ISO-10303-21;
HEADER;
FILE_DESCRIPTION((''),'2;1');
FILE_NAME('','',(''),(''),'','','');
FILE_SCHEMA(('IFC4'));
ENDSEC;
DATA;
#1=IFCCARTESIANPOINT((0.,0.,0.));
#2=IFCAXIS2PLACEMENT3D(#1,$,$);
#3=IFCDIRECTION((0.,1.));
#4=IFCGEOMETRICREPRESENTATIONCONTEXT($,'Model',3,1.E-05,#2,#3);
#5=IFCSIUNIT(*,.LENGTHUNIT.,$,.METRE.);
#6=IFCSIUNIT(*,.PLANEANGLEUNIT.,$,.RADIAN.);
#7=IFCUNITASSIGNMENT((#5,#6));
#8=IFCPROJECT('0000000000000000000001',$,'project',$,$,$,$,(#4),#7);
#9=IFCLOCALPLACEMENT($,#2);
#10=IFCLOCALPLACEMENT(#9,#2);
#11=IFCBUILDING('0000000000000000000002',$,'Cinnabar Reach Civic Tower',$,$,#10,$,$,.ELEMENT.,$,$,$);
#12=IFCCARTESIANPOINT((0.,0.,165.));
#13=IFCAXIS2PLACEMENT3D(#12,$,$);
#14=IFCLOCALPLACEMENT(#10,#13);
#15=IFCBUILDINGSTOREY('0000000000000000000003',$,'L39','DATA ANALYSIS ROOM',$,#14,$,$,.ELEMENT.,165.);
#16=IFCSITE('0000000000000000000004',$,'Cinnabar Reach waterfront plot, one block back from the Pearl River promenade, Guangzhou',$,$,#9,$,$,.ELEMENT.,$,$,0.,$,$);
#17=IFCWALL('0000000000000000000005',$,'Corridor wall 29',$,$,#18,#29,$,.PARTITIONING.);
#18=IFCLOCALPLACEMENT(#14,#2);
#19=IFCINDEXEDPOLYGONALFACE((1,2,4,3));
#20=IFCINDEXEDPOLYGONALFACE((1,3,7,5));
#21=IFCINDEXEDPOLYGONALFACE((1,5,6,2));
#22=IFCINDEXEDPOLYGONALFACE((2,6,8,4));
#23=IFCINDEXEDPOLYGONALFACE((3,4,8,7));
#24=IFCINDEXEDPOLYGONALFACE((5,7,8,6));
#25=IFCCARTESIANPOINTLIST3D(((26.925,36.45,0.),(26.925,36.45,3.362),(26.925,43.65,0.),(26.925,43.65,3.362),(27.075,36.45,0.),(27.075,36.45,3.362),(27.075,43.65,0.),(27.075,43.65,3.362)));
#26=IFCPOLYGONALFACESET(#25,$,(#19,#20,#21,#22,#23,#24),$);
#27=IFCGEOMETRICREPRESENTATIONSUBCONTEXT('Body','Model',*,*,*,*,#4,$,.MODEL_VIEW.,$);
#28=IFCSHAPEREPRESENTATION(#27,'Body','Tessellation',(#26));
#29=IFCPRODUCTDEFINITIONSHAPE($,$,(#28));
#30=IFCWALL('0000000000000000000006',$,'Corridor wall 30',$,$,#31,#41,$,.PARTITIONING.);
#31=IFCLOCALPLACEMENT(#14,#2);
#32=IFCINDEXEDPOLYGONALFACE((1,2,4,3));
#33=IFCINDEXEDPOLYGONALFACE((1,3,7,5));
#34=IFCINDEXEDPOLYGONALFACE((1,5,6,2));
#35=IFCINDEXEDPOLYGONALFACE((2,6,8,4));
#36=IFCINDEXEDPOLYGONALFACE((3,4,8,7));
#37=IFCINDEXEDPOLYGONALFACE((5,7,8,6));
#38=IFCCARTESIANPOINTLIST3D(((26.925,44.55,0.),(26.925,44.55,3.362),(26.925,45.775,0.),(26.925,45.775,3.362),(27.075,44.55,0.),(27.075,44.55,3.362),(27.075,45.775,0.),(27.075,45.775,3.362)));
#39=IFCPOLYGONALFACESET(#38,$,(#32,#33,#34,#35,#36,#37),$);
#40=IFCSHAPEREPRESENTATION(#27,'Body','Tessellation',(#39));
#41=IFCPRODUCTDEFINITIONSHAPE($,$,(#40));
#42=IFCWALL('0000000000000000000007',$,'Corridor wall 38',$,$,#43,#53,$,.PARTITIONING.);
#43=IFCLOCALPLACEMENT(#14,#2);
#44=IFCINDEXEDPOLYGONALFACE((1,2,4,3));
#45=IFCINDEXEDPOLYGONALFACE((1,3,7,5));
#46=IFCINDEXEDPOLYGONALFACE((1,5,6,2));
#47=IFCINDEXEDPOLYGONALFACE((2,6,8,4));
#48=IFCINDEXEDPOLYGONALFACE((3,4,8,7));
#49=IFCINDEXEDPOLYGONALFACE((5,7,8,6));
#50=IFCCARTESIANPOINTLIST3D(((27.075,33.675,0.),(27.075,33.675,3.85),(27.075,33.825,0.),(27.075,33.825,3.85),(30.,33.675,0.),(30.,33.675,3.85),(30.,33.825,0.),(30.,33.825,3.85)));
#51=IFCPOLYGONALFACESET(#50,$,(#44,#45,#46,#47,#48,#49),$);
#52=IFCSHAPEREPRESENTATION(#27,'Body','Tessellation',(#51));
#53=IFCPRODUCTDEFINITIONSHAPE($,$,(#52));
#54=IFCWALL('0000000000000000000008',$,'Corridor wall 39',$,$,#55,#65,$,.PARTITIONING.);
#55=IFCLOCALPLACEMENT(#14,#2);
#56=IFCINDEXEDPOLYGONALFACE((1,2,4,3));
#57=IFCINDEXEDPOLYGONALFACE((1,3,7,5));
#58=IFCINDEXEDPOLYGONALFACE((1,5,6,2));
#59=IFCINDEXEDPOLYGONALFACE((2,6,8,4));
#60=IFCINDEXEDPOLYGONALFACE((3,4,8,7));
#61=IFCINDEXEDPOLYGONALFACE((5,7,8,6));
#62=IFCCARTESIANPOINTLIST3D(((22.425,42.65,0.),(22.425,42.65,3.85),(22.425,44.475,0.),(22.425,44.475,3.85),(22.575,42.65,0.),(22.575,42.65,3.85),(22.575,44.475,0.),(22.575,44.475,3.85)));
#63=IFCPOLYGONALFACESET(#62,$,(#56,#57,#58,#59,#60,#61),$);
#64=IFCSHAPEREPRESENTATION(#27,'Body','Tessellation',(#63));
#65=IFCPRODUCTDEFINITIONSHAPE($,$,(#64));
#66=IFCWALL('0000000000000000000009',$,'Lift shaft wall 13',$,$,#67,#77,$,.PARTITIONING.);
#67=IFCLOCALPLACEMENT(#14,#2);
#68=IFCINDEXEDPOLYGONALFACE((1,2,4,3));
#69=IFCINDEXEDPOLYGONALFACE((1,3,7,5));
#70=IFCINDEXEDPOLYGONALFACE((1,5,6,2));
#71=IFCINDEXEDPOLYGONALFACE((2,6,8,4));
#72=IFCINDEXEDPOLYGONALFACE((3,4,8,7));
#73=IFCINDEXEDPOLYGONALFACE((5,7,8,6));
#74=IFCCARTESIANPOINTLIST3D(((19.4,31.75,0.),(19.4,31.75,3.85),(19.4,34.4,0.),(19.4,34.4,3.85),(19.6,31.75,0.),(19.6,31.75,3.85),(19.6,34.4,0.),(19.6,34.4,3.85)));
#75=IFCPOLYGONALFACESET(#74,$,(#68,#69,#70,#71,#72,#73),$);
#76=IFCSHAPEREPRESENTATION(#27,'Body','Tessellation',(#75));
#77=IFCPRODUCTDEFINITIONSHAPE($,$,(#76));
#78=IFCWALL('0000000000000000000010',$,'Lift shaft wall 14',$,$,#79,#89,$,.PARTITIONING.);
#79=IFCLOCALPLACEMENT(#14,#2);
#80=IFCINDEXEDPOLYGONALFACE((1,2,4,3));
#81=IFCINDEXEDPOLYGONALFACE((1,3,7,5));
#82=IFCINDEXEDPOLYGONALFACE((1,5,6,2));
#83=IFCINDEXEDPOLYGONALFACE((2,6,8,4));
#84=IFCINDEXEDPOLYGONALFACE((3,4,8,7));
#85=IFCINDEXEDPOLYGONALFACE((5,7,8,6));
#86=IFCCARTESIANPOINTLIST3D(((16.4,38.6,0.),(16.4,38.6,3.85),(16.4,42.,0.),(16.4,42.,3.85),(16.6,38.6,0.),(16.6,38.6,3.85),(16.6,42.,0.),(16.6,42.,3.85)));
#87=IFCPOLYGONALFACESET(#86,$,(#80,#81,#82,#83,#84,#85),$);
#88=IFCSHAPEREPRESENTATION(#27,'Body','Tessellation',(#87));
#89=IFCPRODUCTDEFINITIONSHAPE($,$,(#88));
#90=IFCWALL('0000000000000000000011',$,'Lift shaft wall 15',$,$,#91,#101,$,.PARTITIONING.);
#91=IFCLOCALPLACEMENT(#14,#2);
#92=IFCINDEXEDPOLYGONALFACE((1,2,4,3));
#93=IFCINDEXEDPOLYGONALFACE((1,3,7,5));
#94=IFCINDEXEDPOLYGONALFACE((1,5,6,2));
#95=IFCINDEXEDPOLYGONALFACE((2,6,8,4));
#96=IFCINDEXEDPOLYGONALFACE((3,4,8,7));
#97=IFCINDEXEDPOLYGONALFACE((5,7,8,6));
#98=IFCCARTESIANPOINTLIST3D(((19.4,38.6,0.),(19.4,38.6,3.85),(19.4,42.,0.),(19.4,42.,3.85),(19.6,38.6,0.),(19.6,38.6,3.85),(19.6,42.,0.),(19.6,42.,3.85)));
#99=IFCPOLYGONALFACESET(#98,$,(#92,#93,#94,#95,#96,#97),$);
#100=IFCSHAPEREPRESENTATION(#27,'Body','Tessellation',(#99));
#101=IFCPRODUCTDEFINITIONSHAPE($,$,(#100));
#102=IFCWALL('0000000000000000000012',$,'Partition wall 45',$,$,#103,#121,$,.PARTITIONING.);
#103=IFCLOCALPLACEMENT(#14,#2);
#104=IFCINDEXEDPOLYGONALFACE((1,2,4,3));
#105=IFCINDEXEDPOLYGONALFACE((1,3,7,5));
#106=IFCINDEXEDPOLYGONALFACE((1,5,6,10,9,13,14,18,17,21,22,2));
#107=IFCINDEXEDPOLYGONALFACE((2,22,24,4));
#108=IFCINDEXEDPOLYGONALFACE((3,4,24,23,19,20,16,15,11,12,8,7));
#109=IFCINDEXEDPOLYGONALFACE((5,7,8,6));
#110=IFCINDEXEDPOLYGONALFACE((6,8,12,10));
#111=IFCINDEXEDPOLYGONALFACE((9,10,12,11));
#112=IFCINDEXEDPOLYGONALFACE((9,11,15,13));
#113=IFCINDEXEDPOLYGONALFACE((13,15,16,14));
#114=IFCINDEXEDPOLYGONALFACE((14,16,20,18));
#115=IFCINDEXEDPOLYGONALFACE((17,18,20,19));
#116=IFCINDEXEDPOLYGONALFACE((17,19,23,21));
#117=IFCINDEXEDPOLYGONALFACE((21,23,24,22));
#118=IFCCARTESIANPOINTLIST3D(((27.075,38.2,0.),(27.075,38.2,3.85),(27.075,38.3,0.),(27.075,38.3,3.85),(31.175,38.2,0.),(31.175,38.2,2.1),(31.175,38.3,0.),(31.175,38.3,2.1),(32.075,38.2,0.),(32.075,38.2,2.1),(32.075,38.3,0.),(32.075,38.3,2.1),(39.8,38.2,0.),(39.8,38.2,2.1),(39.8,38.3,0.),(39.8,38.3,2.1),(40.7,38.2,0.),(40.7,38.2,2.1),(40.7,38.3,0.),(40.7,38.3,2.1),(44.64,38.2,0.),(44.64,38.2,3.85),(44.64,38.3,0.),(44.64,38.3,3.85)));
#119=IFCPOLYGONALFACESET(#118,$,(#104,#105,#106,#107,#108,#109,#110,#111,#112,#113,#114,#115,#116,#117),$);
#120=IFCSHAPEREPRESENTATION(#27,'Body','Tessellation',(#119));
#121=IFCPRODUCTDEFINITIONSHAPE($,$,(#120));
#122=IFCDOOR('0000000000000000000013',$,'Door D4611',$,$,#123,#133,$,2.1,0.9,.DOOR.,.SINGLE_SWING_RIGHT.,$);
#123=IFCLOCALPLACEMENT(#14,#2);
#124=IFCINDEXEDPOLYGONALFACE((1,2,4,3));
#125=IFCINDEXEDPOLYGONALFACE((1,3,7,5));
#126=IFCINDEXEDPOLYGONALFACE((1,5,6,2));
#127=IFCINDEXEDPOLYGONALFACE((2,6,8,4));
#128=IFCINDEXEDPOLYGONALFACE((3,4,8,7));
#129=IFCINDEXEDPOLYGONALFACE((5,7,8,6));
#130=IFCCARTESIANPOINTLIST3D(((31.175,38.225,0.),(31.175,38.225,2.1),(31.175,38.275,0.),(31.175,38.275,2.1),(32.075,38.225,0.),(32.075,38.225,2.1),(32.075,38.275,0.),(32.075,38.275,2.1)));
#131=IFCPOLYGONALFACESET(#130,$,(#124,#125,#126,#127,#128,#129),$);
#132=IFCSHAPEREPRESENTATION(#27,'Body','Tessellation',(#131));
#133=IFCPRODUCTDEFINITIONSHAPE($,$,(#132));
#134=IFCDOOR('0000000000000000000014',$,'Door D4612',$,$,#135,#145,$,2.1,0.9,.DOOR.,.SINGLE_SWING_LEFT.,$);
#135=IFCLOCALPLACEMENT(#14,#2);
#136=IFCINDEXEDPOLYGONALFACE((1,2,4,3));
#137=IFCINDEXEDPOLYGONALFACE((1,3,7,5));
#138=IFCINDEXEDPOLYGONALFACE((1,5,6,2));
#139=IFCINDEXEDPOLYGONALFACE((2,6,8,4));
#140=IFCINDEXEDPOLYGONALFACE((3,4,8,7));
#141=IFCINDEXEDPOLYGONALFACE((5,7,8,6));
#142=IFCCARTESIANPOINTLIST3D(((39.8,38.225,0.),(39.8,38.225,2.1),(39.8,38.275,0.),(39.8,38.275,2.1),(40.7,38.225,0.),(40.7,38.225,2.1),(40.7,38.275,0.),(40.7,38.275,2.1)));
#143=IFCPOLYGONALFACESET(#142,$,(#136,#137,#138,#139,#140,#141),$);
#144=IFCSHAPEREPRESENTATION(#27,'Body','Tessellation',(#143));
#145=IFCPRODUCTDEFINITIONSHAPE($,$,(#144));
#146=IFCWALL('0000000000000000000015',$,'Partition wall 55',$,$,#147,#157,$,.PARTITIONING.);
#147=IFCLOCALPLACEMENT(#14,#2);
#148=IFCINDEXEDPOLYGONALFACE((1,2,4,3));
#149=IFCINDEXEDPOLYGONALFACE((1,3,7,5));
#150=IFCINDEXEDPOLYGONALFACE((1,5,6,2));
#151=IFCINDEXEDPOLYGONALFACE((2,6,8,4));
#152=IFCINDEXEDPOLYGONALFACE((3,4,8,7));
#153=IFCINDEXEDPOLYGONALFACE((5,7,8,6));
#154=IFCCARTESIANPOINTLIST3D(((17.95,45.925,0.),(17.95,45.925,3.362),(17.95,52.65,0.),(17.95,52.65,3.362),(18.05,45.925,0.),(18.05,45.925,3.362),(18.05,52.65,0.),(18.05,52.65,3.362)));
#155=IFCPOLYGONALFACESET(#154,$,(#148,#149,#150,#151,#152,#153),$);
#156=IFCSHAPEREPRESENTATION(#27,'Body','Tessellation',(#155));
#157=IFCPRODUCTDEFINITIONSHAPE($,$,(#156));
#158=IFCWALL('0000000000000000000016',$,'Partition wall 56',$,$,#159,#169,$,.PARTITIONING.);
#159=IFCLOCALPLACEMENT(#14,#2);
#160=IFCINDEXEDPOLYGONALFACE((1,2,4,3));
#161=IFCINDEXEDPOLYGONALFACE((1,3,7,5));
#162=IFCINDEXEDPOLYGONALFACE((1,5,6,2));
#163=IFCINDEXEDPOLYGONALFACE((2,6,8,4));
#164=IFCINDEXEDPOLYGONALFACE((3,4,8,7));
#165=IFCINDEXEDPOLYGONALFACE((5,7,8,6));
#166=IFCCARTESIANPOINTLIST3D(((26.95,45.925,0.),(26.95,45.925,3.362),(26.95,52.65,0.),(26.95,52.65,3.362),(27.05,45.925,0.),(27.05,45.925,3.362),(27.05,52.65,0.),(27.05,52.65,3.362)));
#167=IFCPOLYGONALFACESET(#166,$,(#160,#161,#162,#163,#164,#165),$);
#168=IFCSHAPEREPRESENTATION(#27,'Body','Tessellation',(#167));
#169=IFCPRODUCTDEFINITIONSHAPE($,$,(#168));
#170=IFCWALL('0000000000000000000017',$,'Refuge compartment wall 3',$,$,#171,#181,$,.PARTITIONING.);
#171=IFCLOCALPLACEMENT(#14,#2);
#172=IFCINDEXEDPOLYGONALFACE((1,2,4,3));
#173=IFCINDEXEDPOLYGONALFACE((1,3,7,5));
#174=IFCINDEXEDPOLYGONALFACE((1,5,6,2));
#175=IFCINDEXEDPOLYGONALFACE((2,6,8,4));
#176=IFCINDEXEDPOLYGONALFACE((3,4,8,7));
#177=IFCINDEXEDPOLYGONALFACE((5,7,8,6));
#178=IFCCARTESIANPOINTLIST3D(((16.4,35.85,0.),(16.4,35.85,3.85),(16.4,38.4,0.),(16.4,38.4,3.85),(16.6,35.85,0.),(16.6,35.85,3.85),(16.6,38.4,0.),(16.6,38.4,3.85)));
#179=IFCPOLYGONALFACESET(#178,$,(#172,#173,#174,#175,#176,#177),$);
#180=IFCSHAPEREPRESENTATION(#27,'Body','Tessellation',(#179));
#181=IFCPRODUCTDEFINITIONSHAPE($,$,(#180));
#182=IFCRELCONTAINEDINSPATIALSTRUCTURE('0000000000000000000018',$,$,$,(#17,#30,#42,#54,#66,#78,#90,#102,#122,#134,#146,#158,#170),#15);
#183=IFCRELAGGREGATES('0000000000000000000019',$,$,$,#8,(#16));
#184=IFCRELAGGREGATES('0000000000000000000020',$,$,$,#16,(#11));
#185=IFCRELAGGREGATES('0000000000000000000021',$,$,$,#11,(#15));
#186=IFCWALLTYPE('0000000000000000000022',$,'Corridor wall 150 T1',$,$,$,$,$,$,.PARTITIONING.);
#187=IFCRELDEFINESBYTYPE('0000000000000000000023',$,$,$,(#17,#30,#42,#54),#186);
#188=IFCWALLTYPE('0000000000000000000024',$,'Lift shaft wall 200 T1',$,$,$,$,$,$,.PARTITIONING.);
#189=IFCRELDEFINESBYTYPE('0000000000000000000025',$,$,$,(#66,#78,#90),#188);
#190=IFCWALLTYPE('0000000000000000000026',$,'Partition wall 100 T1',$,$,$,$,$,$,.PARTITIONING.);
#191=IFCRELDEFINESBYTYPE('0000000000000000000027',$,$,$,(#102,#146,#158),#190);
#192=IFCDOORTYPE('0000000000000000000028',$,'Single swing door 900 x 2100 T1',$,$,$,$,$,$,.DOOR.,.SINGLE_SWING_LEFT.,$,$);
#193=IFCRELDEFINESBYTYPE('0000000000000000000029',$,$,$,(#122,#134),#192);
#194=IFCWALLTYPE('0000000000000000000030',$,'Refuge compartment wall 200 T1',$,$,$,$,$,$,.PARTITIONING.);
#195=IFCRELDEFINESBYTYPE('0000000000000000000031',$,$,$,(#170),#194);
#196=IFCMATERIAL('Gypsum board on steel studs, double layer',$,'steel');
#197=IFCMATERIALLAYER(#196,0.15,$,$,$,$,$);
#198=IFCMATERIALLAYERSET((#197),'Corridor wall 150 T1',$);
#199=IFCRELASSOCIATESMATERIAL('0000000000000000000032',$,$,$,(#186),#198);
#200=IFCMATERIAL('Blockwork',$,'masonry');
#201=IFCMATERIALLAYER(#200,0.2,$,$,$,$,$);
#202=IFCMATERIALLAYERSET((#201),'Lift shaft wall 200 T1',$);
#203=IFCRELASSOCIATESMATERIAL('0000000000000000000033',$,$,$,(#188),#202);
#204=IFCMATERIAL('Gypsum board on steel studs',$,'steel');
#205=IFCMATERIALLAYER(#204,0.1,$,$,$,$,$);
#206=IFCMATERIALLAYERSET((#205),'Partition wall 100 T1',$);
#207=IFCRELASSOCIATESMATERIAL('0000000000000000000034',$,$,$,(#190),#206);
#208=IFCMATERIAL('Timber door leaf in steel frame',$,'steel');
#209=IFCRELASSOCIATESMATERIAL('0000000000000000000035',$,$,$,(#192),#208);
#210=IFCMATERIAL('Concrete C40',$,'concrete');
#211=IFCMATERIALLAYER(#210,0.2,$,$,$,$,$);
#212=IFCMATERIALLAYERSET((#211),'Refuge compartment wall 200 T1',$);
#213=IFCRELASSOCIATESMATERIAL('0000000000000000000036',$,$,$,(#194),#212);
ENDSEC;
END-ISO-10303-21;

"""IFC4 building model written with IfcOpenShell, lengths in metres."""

from ifc_helpers import new_model, si_unit, direction, frame, frame_2d, origin, place, context, subcontext, project, spatial, rectangle, extrude, material, layer, layer_set, type_object, element, fill, save


model = new_model("IFC4")

# Units and contexts
model_context = context("Model", 3, precision=1e-05, world=origin(), true_north=direction((0.0, 1.0)))
body_context = subcontext(model_context, "Body", "Model", "MODEL_VIEW")
ifc_project = project(units=[si_unit("LENGTHUNIT", "METRE"), si_unit("PLANEANGLEUNIT", "RADIAN")], contexts=[model_context])

# Site, building, storey
site_placement = place(None, origin())
site = spatial("IfcSite", under=ifc_project, at=site_placement, Name="Cinnabar Reach waterfront plot, one block back from the Pearl River promenade, Guangzhou", CompositionType="ELEMENT", RefElevation=0.0)
building_placement = place(site_placement, origin())
building = spatial("IfcBuilding", under=site, at=building_placement, Name="Cinnabar Reach Civic Tower", CompositionType="ELEMENT")
storey_placement = place(building_placement, frame((0.0, 0.0, 165.0)))
storey = spatial("IfcBuildingStorey", under=building, at=storey_placement, Name="L39", Description="DATA ANALYSIS ROOM", CompositionType="ELEMENT", Elevation=165.0)

# Shared definitions
ifc_material_1 = material(Name="Gypsum board on steel studs, double layer", Category="steel")
ifc_layer_1 = layer(ifc_material_1, 0.15)
ifc_layer_set_1 = layer_set([ifc_layer_1], Name="Corridor wall 150 T1")
wall_type_1 = type_object("IfcWallType", Name="Corridor wall 150 T1", PredefinedType="PARTITIONING", material=ifc_layer_set_1)
ifc_material_2 = material(Name="Timber door leaf in steel frame", Category="steel")

# Walls
wall_1_placement = place(storey_placement, frame((27.0, 36.45, 0.0), z_axis=(0.0, 0.0, 1.0), x_axis=(0.0, 1.0, 0.0)))
element("IfcWall", 1, at=wall_1_placement, inside=storey, type_object=wall_type_1, Name="Corridor wall 29", PredefinedType="PARTITIONING", context=body_context, shape_type="SweptSolid", body=[
    extrude(rectangle(XDim=7.2, YDim=0.15, at=frame_2d((3.6, 0.0))), origin(), (0.0, 0.0, 1.0), 3.362),
])
wall_2_placement = place(storey_placement, frame((27.0, 44.55, 0.0), z_axis=(0.0, 0.0, 1.0), x_axis=(0.0, 1.0, 0.0)))
element("IfcWall", 2, at=wall_2_placement, inside=storey, type_object=wall_type_1, Name="Corridor wall 30", PredefinedType="PARTITIONING", context=body_context, shape_type="SweptSolid", body=[
    extrude(rectangle(XDim=1.225, YDim=0.15, at=frame_2d((0.6125, 0.0))), origin(), (0.0, 0.0, 1.0), 3.362),
])
wall_3_placement = place(storey_placement, frame((27.075, 33.75, 0.0), z_axis=(0.0, 0.0, 1.0), x_axis=(1.0, 0.0, 0.0)))
element("IfcWall", 3, at=wall_3_placement, inside=storey, type_object=wall_type_1, Name="Corridor wall 38", PredefinedType="PARTITIONING", context=body_context, shape_type="SweptSolid", body=[
    extrude(rectangle(XDim=2.925, YDim=0.15, at=frame_2d((1.4625, 0.0))), origin(), (0.0, 0.0, 1.0), 3.85),
])
wall_4_placement = place(storey_placement, frame((22.5, 42.65, 0.0), z_axis=(0.0, 0.0, 1.0), x_axis=(0.0, 1.0, 0.0)))
element("IfcWall", 4, at=wall_4_placement, inside=storey, type_object=wall_type_1, Name="Corridor wall 39", PredefinedType="PARTITIONING", context=body_context, shape_type="SweptSolid", body=[
    extrude(rectangle(XDim=1.825, YDim=0.15, at=frame_2d((0.9125, 0.0))), origin(), (0.0, 0.0, 1.0), 3.85),
])
ifc_material_3 = material(Name="Blockwork", Category="masonry")
ifc_layer_2 = layer(ifc_material_3, 0.2)
ifc_layer_set_2 = layer_set([ifc_layer_2], Name="Lift shaft wall 200 T1")
wall_type_2 = type_object("IfcWallType", Name="Lift shaft wall 200 T1", PredefinedType="PARTITIONING", material=ifc_layer_set_2)
wall_5_placement = place(storey_placement, frame((19.5, 31.75, 0.0), z_axis=(0.0, 0.0, 1.0), x_axis=(0.0, 1.0, 0.0)))
element("IfcWall", 5, at=wall_5_placement, inside=storey, type_object=wall_type_2, Name="Lift shaft wall 13", PredefinedType="PARTITIONING", context=body_context, shape_type="SweptSolid", body=[
    extrude(rectangle(XDim=2.65, YDim=0.2, at=frame_2d((1.325, 0.0))), origin(), (0.0, 0.0, 1.0), 3.85),
])
for number, where, z_axis, x_axis, name in (
    (6, (16.5, 38.6, 0.0), (0.0, 0.0, 1.0), (0.0, 1.0, 0.0), "Lift shaft wall 14"),
    (7, (19.5, 38.6, 0.0), (0.0, 0.0, 1.0), (0.0, 1.0, 0.0), "Lift shaft wall 15"),
):
    element("IfcWall", number, at=place(storey_placement, frame(where, z_axis=z_axis, x_axis=x_axis)), inside=storey, type_object=wall_type_2, Name=name, PredefinedType="PARTITIONING", context=body_context, shape_type="SweptSolid", body=[
        extrude(rectangle(XDim=3.4, YDim=0.2, at=frame_2d((1.7, 0.0))), origin(), (0.0, 0.0, 1.0), 3.85),
    ])

# Wall, openings, doors
ifc_material_4 = material(Name="Gypsum board on steel studs", Category="steel")
ifc_layer_3 = layer(ifc_material_4, 0.1)
ifc_layer_set_3 = layer_set([ifc_layer_3], Name="Partition wall 100 T1")
wall_type_3 = type_object("IfcWallType", Name="Partition wall 100 T1", PredefinedType="PARTITIONING", material=ifc_layer_set_3)
wall_6_placement = place(storey_placement, frame((27.075, 38.25, 0.0), z_axis=(0.0, 0.0, 1.0), x_axis=(1.0, 0.0, 0.0)))
wall_6 = element("IfcWall", 8, at=wall_6_placement, inside=storey, type_object=wall_type_3, Name="Partition wall 45", PredefinedType="PARTITIONING", context=body_context, shape_type="SweptSolid", body=[
    extrude(rectangle(XDim=17.565, YDim=0.1, at=frame_2d((8.7825, 0.0))), origin(), (0.0, 0.0, 1.0), 3.85),
])
opening_1_placement = place(wall_6_placement, frame((4.1, 0.0, 0.0)))
opening_1 = element("IfcOpeningElement", 9, at=opening_1_placement, cuts=wall_6, PredefinedType="OPENING", context=body_context, shape_type="SweptSolid", body=[
    extrude(rectangle(XDim=0.9, YDim=2.1, at=frame_2d((0.45, 1.05))), frame((0.0, 0.06, 0.0), z_axis=(0.0, -1.0, 0.0), x_axis=(1.0, 0.0, 0.0)), (0.0, 0.0, 1.0), 0.12),
])
opening_2_placement = place(wall_6_placement, frame((12.725, 0.0, 0.0)))
opening_2 = element("IfcOpeningElement", 10, at=opening_2_placement, cuts=wall_6, PredefinedType="OPENING", context=body_context, shape_type="SweptSolid", body=[
    extrude(rectangle(XDim=0.9, YDim=2.1, at=frame_2d((0.45, 1.05))), frame((0.0, 0.06, 0.0), z_axis=(0.0, -1.0, 0.0), x_axis=(1.0, 0.0, 0.0)), (0.0, 0.0, 1.0), 0.12),
])
door_type_1 = type_object("IfcDoorType", Name="Single swing door 900 x 2100 T1", OperationType="SINGLE_SWING_LEFT", PredefinedType="DOOR", material=ifc_material_2)
door_1_placement = place(opening_1_placement, frame((0.9, 0.0, 0.0), z_axis=(0.0, 0.0, 1.0), x_axis=(-1.0, 0.0, 0.0)))
door_1 = element("IfcDoor", 11, at=door_1_placement, inside=storey, type_object=door_type_1, Name="Door D4611", OperationType="SINGLE_SWING_RIGHT", OverallHeight=2.1, OverallWidth=0.9, PredefinedType="DOOR", context=body_context, shape_type="SweptSolid", body=[
    extrude(rectangle(XDim=0.9, YDim=2.1, at=frame_2d((0.45, 1.05))), frame((0.0, 0.025, 0.0), z_axis=(0.0, -1.0, 0.0), x_axis=(1.0, 0.0, 0.0)), (0.0, 0.0, 1.0), 0.05),
])
fill(opening_1, door_1)
door_2_placement = place(opening_2_placement, origin())
door_2 = element("IfcDoor", 12, at=door_2_placement, inside=storey, type_object=door_type_1, Name="Door D4612", OperationType="SINGLE_SWING_LEFT", OverallHeight=2.1, OverallWidth=0.9, PredefinedType="DOOR", context=body_context, shape_type="SweptSolid", body=[
    extrude(rectangle(XDim=0.9, YDim=2.1, at=frame_2d((0.45, 1.05))), frame((0.0, 0.025, 0.0), z_axis=(0.0, -1.0, 0.0), x_axis=(1.0, 0.0, 0.0)), (0.0, 0.0, 1.0), 0.05),
])
fill(opening_2, door_2)

# Walls
for number, where, z_axis, x_axis, name in (
    (13, (18.0, 45.925, 0.0), (0.0, 0.0, 1.0), (0.0, 1.0, 0.0), "Partition wall 55"),
    (14, (27.0, 45.925, 0.0), (0.0, 0.0, 1.0), (0.0, 1.0, 0.0), "Partition wall 56"),
):
    element("IfcWall", number, at=place(storey_placement, frame(where, z_axis=z_axis, x_axis=x_axis)), inside=storey, type_object=wall_type_3, Name=name, PredefinedType="PARTITIONING", context=body_context, shape_type="SweptSolid", body=[
        extrude(rectangle(XDim=6.725, YDim=0.1, at=frame_2d((3.3625, 0.0))), origin(), (0.0, 0.0, 1.0), 3.362),
    ])
ifc_material_5 = material(Name="Concrete C40", Category="concrete")
ifc_layer_4 = layer(ifc_material_5, 0.2)
ifc_layer_set_4 = layer_set([ifc_layer_4], Name="Refuge compartment wall 200 T1")
wall_type_4 = type_object("IfcWallType", Name="Refuge compartment wall 200 T1", PredefinedType="PARTITIONING", material=ifc_layer_set_4)
wall_7_placement = place(storey_placement, frame((16.5, 35.85, 0.0), z_axis=(0.0, 0.0, 1.0), x_axis=(0.0, 1.0, 0.0)))
element("IfcWall", 15, at=wall_7_placement, inside=storey, type_object=wall_type_4, Name="Refuge compartment wall 3", PredefinedType="PARTITIONING", context=body_context, shape_type="SweptSolid", body=[
    extrude(rectangle(XDim=2.55, YDim=0.2, at=frame_2d((1.275, 0.0))), origin(), (0.0, 0.0, 1.0), 3.85),
])

save(model, "model.ifc")
